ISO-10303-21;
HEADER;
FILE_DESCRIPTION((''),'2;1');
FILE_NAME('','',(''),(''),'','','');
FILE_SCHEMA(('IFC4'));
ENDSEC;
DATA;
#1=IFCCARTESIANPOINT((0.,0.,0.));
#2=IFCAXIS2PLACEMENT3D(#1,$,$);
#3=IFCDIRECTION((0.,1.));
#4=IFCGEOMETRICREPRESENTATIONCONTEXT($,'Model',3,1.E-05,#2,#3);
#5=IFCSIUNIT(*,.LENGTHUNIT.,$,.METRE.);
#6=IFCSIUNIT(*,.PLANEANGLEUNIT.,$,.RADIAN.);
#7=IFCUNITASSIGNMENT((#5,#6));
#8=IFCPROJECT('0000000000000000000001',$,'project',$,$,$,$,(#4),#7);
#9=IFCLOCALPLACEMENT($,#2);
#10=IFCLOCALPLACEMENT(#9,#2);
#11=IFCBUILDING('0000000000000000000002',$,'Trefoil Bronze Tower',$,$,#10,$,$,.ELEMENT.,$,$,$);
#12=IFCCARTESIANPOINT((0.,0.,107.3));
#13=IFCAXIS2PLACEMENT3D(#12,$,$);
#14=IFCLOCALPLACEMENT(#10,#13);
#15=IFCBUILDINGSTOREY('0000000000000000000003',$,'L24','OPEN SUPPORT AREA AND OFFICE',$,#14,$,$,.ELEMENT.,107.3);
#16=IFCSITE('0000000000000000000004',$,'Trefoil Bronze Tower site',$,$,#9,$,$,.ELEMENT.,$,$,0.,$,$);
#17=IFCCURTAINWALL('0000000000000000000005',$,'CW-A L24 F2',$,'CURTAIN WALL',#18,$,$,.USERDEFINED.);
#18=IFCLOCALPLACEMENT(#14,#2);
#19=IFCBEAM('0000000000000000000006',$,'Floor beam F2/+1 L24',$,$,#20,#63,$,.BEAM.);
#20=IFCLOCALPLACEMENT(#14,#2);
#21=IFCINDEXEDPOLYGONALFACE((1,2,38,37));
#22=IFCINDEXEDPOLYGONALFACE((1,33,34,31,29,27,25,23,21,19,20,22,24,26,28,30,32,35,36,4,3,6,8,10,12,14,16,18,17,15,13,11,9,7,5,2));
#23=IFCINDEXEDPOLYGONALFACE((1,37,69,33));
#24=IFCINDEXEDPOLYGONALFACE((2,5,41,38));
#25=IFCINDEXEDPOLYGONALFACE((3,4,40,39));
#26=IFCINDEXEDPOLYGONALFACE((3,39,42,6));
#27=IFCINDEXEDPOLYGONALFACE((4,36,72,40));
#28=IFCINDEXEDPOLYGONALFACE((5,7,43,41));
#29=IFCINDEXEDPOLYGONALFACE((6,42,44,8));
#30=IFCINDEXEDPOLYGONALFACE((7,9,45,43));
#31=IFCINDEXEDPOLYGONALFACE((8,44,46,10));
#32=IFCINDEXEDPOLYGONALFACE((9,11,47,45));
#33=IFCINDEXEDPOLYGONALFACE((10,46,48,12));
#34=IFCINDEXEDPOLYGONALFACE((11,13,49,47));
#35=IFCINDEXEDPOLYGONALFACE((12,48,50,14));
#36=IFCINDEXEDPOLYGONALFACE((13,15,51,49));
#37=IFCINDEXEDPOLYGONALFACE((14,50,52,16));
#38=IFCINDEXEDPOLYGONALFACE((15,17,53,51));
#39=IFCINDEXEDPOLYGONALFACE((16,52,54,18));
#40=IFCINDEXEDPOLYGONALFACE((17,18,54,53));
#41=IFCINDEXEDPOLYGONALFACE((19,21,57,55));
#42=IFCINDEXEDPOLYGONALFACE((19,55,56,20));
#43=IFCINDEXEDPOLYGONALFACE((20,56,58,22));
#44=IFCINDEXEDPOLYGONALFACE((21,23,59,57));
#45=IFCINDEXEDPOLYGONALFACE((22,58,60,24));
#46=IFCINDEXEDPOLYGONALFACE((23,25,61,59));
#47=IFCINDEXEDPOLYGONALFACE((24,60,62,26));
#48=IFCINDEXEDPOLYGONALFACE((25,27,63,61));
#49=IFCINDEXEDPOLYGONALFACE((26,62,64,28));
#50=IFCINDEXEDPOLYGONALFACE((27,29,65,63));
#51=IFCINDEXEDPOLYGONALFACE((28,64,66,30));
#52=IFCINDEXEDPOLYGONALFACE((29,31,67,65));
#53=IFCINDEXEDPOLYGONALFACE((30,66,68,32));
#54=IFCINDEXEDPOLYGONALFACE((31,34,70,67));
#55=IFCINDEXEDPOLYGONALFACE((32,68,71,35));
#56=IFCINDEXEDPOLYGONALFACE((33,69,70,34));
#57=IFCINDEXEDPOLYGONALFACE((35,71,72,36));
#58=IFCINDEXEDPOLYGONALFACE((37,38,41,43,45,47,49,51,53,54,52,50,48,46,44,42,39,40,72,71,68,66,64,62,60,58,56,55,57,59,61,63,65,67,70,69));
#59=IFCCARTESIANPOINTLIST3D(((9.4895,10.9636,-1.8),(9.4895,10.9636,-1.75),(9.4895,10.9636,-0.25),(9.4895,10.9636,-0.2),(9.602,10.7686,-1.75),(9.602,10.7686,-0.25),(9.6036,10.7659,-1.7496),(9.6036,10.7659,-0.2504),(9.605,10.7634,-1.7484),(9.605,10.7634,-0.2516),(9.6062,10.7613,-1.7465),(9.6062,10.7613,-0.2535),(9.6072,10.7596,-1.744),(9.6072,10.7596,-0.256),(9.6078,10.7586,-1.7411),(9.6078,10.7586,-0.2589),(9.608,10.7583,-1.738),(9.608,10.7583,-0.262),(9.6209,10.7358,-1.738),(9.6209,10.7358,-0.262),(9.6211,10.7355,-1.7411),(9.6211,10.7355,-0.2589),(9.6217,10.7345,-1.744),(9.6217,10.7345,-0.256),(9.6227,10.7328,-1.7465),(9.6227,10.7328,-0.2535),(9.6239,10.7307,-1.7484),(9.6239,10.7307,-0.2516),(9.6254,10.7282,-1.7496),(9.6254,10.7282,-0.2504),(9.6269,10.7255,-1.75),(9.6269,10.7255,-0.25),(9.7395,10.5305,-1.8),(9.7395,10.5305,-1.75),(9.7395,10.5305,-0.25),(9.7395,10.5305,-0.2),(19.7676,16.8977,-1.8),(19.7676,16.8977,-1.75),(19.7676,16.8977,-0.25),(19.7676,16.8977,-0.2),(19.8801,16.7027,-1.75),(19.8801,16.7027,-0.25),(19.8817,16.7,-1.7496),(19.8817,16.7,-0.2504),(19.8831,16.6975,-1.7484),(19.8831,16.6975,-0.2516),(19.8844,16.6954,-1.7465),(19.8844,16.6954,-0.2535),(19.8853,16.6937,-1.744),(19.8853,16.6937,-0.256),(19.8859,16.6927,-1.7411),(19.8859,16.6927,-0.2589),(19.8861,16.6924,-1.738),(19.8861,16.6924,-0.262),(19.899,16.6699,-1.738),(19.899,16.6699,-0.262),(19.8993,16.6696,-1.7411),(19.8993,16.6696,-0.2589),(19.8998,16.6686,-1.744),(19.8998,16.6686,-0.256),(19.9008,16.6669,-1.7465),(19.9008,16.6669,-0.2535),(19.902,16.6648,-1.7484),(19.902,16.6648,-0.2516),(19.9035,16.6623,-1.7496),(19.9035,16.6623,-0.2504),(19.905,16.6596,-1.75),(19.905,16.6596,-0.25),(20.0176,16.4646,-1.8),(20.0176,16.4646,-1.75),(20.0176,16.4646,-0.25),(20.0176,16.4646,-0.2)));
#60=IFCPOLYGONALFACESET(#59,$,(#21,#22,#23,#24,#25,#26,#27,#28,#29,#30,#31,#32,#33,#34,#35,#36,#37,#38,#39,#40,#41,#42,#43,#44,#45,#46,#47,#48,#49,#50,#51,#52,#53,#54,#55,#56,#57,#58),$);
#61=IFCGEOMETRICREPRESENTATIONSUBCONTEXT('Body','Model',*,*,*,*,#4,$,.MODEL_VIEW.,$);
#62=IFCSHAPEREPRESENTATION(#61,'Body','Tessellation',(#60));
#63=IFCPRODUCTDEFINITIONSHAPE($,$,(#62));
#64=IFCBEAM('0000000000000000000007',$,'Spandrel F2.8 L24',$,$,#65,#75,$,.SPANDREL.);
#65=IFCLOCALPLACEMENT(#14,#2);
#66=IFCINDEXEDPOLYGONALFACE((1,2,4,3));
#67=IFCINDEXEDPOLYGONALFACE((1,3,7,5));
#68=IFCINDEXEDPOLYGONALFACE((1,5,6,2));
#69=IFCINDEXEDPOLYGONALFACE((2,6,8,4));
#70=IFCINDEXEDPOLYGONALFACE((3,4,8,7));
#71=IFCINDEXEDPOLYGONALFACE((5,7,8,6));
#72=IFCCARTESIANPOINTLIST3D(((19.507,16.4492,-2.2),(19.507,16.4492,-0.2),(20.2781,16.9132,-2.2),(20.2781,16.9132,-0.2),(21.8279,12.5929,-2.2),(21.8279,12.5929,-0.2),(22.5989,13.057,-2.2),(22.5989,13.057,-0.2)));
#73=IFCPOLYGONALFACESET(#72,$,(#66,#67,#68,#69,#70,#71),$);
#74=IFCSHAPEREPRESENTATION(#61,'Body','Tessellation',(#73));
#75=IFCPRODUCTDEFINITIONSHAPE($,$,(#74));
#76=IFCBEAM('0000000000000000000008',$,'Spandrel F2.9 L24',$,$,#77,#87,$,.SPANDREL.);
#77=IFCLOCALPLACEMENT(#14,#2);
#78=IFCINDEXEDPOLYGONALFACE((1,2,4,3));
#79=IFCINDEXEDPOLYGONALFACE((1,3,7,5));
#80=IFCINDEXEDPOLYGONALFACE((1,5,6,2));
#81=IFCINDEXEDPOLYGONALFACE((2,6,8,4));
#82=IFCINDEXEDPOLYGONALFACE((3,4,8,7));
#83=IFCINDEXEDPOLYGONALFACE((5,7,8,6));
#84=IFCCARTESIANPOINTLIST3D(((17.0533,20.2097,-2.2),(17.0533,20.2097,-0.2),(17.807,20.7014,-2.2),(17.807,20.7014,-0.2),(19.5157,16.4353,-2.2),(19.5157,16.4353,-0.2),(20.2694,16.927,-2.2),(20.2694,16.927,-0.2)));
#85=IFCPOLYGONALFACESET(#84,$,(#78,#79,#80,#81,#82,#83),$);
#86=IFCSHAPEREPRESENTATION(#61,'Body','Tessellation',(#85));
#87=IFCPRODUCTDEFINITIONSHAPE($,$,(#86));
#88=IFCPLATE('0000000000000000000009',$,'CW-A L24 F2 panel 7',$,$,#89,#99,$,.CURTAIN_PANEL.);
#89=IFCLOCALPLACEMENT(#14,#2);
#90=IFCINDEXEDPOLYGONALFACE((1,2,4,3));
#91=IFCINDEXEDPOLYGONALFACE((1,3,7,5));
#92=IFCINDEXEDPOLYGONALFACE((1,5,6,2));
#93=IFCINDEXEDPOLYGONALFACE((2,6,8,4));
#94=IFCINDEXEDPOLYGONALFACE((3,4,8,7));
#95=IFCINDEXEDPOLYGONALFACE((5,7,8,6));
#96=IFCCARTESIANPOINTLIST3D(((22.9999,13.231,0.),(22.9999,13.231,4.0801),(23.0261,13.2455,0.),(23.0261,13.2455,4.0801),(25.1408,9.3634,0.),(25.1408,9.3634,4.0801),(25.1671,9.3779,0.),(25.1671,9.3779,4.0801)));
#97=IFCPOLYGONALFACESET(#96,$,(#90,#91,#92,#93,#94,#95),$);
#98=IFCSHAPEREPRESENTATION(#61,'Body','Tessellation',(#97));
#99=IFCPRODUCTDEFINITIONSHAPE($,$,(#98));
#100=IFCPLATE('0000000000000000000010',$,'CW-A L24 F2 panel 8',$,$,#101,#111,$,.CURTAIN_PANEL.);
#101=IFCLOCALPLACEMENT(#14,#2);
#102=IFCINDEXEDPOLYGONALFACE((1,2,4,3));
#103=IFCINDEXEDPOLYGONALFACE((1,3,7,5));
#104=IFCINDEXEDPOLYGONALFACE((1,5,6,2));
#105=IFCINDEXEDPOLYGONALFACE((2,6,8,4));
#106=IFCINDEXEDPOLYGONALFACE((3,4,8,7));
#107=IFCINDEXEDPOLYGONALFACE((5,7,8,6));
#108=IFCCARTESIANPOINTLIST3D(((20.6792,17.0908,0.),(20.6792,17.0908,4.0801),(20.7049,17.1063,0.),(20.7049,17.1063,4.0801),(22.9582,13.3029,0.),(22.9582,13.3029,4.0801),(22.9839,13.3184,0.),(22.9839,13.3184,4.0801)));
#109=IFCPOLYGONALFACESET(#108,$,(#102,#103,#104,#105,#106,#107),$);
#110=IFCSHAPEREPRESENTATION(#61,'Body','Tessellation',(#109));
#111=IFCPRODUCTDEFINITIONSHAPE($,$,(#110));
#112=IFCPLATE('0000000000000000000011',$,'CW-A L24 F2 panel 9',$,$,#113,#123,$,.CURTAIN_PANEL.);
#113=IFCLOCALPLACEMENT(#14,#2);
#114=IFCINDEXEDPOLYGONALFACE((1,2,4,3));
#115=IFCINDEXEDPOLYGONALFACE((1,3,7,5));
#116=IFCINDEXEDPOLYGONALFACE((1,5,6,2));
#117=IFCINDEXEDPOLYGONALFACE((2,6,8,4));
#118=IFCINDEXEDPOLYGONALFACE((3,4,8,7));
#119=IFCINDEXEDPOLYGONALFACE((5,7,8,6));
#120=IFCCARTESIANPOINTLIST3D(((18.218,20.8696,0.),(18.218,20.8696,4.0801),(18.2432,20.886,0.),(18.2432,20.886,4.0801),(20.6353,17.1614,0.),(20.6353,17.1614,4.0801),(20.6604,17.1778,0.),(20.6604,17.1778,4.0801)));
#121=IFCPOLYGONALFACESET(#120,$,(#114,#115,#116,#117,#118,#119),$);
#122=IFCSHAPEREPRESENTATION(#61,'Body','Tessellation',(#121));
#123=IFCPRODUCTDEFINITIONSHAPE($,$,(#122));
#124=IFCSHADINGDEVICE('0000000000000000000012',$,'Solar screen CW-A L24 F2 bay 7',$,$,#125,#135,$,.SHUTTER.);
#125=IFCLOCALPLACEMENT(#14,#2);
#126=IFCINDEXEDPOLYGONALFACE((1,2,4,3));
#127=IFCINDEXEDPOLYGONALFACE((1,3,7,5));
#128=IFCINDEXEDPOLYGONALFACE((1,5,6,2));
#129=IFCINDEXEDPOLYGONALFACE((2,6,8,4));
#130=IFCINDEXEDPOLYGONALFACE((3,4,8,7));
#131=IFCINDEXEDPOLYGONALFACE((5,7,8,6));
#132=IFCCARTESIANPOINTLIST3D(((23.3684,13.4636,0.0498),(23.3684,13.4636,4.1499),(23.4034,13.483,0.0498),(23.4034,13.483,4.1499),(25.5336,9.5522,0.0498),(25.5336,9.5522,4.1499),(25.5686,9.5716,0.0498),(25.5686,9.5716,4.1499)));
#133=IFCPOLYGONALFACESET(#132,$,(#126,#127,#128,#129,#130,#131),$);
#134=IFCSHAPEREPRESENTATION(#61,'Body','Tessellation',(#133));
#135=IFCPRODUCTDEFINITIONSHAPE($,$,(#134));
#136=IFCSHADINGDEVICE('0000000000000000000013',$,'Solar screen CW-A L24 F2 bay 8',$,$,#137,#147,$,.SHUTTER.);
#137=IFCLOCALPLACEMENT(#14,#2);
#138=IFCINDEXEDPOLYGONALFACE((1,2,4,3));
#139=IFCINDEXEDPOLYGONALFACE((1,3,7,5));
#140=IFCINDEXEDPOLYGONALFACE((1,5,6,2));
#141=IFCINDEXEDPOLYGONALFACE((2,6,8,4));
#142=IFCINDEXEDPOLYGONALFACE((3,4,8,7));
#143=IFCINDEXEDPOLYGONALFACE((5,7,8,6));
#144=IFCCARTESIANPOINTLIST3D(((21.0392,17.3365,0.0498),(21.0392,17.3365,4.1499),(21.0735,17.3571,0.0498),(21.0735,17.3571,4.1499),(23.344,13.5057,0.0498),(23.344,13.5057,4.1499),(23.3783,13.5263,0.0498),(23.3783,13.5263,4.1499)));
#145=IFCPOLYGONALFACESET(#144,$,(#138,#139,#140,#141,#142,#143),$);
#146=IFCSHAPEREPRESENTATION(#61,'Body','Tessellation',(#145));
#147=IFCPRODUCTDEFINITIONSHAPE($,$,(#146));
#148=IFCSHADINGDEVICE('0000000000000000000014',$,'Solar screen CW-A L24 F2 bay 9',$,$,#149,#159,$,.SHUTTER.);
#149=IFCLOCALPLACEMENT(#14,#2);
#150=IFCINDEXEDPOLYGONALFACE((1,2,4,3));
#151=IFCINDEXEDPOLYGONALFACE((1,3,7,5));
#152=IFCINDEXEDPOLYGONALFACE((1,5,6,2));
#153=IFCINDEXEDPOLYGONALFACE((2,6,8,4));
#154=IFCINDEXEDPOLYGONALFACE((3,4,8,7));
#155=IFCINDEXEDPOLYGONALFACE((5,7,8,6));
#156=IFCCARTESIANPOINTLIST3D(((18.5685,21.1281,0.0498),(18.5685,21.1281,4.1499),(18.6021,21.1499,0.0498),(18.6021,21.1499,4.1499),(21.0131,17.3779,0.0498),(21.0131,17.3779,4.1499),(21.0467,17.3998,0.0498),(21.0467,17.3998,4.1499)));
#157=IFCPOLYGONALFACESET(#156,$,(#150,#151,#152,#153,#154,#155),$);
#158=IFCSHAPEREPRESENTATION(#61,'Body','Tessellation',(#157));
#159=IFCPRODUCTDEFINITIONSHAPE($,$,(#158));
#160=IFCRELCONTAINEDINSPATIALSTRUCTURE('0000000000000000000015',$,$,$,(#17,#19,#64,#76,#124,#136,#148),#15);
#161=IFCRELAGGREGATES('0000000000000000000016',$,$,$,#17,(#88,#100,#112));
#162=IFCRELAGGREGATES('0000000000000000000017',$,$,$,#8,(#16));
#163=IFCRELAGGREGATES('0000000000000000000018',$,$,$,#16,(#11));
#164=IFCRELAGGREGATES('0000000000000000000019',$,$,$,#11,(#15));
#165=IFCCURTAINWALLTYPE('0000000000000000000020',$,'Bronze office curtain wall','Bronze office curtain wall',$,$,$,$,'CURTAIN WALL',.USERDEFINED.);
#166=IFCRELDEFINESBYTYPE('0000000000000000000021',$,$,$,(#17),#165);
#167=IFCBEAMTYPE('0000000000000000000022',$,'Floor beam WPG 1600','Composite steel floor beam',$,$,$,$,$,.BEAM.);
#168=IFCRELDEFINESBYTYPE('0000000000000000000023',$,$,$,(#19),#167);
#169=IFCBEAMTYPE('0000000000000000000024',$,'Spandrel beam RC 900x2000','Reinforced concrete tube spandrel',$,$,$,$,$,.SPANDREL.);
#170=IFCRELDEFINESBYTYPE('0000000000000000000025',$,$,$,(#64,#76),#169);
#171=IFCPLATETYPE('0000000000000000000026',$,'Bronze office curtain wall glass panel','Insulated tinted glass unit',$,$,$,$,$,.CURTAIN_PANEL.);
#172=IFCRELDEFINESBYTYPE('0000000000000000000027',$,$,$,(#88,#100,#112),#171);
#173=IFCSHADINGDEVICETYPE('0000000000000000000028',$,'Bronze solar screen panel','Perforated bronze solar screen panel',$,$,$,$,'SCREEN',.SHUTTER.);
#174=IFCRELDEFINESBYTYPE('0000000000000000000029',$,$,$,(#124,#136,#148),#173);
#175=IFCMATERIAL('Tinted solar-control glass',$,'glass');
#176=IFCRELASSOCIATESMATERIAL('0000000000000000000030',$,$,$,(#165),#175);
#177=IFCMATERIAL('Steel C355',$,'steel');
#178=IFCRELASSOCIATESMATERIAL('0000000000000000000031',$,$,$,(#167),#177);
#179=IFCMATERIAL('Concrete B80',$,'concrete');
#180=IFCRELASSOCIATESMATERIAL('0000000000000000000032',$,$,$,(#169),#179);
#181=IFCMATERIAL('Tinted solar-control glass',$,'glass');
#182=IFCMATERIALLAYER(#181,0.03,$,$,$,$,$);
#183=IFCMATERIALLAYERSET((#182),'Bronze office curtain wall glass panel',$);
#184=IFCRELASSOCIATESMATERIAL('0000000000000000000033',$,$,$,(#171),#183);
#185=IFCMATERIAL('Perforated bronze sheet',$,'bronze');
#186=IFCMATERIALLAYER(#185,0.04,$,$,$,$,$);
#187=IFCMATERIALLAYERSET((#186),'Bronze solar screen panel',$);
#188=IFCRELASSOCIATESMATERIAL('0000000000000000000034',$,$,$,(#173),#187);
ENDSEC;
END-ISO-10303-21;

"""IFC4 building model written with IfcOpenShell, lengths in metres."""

from ifc_helpers import new_model, si_unit, direction, frame, origin, origin_2d, place, context, subcontext, project, spatial, rectangle, i_section, extrude, material, layer, layer_set, material_profile, profile_set, type_object, element, aggregate, save


model = new_model("IFC4")

# Units and contexts
model_context = context("Model", 3, precision=1e-05, world=origin(), true_north=direction((0.0, 1.0)))
body_context = subcontext(model_context, "Body", "Model", "MODEL_VIEW")
ifc_project = project(units=[si_unit("LENGTHUNIT", "METRE"), si_unit("PLANEANGLEUNIT", "RADIAN")], contexts=[model_context])

# Site, building, storey
site_placement = place(None, origin())
site = spatial("IfcSite", under=ifc_project, at=site_placement, Name="Trefoil Bronze Tower site", CompositionType="ELEMENT", RefElevation=0.0)
building_placement = place(site_placement, origin())
building = spatial("IfcBuilding", under=site, at=building_placement, Name="Trefoil Bronze Tower", CompositionType="ELEMENT")
storey_placement = place(building_placement, frame((0.0, 0.0, 107.3)))
storey = spatial("IfcBuildingStorey", under=building, at=storey_placement, Name="L24", Description="OPEN SUPPORT AREA AND OFFICE", CompositionType="ELEMENT", Elevation=107.3)

# Curtain wall
ifc_material_1 = material(Name="Tinted solar-control glass", Category="glass")
curtain_wall_type = type_object("IfcCurtainWallType", Name="Bronze office curtain wall", Description="Bronze office curtain wall", ElementType="CURTAIN WALL", PredefinedType="USERDEFINED", material=ifc_material_1)
curtain_wall_placement = place(storey_placement, origin())
curtain_wall = element("IfcCurtainWall", 1, at=curtain_wall_placement, inside=storey, type_object=curtain_wall_type, Name="CW-A L24 F2", ObjectType="CURTAIN WALL", PredefinedType="USERDEFINED")

# Beams
ifc_material_2 = material(Name="Steel C355", Category="steel")
ifc_material_profile_1 = material_profile(ifc_material_2, i_section(OverallWidth=0.5, OverallDepth=1.6001, WebThickness=0.0259, FlangeThickness=0.05, FilletRadius=0.012, at=origin_2d()), Name="WPG 1600")
ifc_profile_set_1 = profile_set([ifc_material_profile_1], Name="Steel C355")
beam_type_1 = type_object("IfcBeamType", Name="Floor beam WPG 1600", Description="Composite steel floor beam", PredefinedType="BEAM", material=ifc_profile_set_1)
beam_1_placement = place(storey_placement, frame((19.8926, 16.6812, -1.0), z_axis=(-0.866024, -0.500002, 0.0), x_axis=(0.500002, -0.866024, 0.0)))
element("IfcBeam", 2, at=beam_1_placement, inside=storey, type_object=beam_type_1, Name="Floor beam F2/+1 L24", PredefinedType="BEAM", context=body_context, shape_type="SweptSolid", body=[
    extrude(i_section(OverallWidth=0.5, OverallDepth=1.6001, WebThickness=0.0259, FlangeThickness=0.05, FilletRadius=0.012, at=origin_2d()), origin(), (0.0, 0.0, 1.0), 11.8682),
])
ifc_material_3 = material(Name="Concrete B80", Category="concrete")
ifc_material_profile_2 = material_profile(ifc_material_3, rectangle(XDim=0.8999, YDim=2.0, at=origin_2d()), Name="RC 900x2000")
ifc_profile_set_2 = profile_set([ifc_material_profile_2], Name="Concrete B80")
beam_type_2 = type_object("IfcBeamType", Name="Spandrel beam RC 900x2000", Description="Reinforced concrete tube spandrel", PredefinedType="SPANDREL", material=ifc_profile_set_2)
beam_2_placement = place(storey_placement, frame((22.2134, 12.825, -1.2), z_axis=(-0.515652, 0.856798, 0.0), x_axis=(-0.856798, -0.515652, 0.0)))
element("IfcBeam", 3, at=beam_2_placement, inside=storey, type_object=beam_type_2, Name="Spandrel F2.8 L24", PredefinedType="SPANDREL", context=body_context, shape_type="SweptSolid", body=[
    extrude(rectangle(XDim=0.8999, YDim=2.0, at=origin_2d()), origin(), (0.0, 0.0, 1.0), 4.5007),
])
beam_3_placement = place(storey_placement, frame((19.8926, 16.6812, -1.2), z_axis=(-0.546397, 0.837527, 0.0), x_axis=(-0.837527, -0.546397, 0.0)))
element("IfcBeam", 4, at=beam_3_placement, inside=storey, type_object=beam_type_2, Name="Spandrel F2.9 L24", PredefinedType="SPANDREL", context=body_context, shape_type="SweptSolid", body=[
    extrude(rectangle(XDim=0.8999, YDim=2.0, at=origin_2d()), origin(), (0.0, 0.0, 1.0), 4.5066),
])

# Plates
ifc_material_4 = material(Name="Tinted solar-control glass", Category="glass")
ifc_layer_1 = layer(ifc_material_4, 0.03)
ifc_layer_set_1 = layer_set([ifc_layer_1], Name="Bronze office curtain wall glass panel")
plate_type = type_object("IfcPlateType", Name="Bronze office curtain wall glass panel", Description="Insulated tinted glass unit", PredefinedType="CURTAIN_PANEL", material=ifc_layer_set_1)
plate_1_placement = place(storey_placement, frame((24.0835, 11.3044, 0.0), z_axis=(0.0, 0.0, 1.0), x_axis=(-0.484312, 0.874895, 0.0)))
plate_1 = element("IfcPlate", 5, at=plate_1_placement, type_object=plate_type, Name="CW-A L24 F2 panel 7", PredefinedType="CURTAIN_PANEL", context=body_context, shape_type="SweptSolid", body=[
    extrude(rectangle(XDim=4.4207, YDim=0.03, at=origin_2d()), origin(), (0.0, 0.0, 1.0), 4.0801),
])
plate_2_placement = place(storey_placement, frame((21.8315, 15.2046, 0.0), z_axis=(0.0, 0.0, 1.0), x_axis=(-0.515525, 0.856874, 0.0)))
plate_2 = element("IfcPlate", 6, at=plate_2_placement, type_object=plate_type, Name="CW-A L24 F2 panel 8", PredefinedType="CURTAIN_PANEL", context=body_context, shape_type="SweptSolid", body=[
    extrude(rectangle(XDim=4.4207, YDim=0.03, at=origin_2d()), origin(), (0.0, 0.0, 1.0), 4.0801),
])
plate_3_placement = place(storey_placement, frame((19.4392, 19.0237, 0.0), z_axis=(0.0, 0.0, 1.0), x_axis=(-0.546089, 0.837727, 0.0)))
plate_3 = element("IfcPlate", 7, at=plate_3_placement, type_object=plate_type, Name="CW-A L24 F2 panel 9", PredefinedType="CURTAIN_PANEL", context=body_context, shape_type="SweptSolid", body=[
    extrude(rectangle(XDim=4.4265, YDim=0.03, at=origin_2d()), origin(), (0.0, 0.0, 1.0), 4.0801),
])
aggregate(curtain_wall, [plate_1, plate_2, plate_3])

# Shading devices
ifc_material_5 = material(Name="Perforated bronze sheet", Category="bronze")
ifc_layer_2 = layer(ifc_material_5, 0.04)
ifc_layer_set_2 = layer_set([ifc_layer_2], Name="Bronze solar screen panel")
shading_device_type = type_object("IfcShadingDeviceType", Name="Bronze solar screen panel", Description="Perforated bronze solar screen panel", ElementType="SCREEN", PredefinedType="SHUTTER", material=ifc_layer_set_2)
for number, where, z_axis, x_axis, name in (
    (8, (24.4685, 11.5176, 0.0498), (0.0, 0.0, 1.0), (-0.484312, 0.874895, 0.0), "Solar screen CW-A L24 F2 bay 7"),
    (9, (22.2087, 15.4314, 0.0498), (0.0, 0.0, 1.0), (-0.515525, 0.856874, 0.0), "Solar screen CW-A L24 F2 bay 8"),
):
    element("IfcShadingDevice", number, at=place(storey_placement, frame(where, z_axis=z_axis, x_axis=x_axis)), inside=storey, type_object=shading_device_type, Name=name, PredefinedType="SHUTTER", context=body_context, shape_type="SweptSolid", body=[
        extrude(rectangle(XDim=4.4707, YDim=0.04, at=origin_2d()), origin(), (0.0, 0.0, 1.0), 4.1001),
    ])
shading_device_placement = place(storey_placement, frame((19.8076, 19.2639, 0.0498), z_axis=(0.0, 0.0, 1.0), x_axis=(-0.546089, 0.837727, 0.0)))
element("IfcShadingDevice", 10, at=shading_device_placement, inside=storey, type_object=shading_device_type, Name="Solar screen CW-A L24 F2 bay 9", PredefinedType="SHUTTER", context=body_context, shape_type="SweptSolid", body=[
    extrude(rectangle(XDim=4.4766, YDim=0.04, at=origin_2d()), origin(), (0.0, 0.0, 1.0), 4.1001),
])

save(model, "model.ifc")
